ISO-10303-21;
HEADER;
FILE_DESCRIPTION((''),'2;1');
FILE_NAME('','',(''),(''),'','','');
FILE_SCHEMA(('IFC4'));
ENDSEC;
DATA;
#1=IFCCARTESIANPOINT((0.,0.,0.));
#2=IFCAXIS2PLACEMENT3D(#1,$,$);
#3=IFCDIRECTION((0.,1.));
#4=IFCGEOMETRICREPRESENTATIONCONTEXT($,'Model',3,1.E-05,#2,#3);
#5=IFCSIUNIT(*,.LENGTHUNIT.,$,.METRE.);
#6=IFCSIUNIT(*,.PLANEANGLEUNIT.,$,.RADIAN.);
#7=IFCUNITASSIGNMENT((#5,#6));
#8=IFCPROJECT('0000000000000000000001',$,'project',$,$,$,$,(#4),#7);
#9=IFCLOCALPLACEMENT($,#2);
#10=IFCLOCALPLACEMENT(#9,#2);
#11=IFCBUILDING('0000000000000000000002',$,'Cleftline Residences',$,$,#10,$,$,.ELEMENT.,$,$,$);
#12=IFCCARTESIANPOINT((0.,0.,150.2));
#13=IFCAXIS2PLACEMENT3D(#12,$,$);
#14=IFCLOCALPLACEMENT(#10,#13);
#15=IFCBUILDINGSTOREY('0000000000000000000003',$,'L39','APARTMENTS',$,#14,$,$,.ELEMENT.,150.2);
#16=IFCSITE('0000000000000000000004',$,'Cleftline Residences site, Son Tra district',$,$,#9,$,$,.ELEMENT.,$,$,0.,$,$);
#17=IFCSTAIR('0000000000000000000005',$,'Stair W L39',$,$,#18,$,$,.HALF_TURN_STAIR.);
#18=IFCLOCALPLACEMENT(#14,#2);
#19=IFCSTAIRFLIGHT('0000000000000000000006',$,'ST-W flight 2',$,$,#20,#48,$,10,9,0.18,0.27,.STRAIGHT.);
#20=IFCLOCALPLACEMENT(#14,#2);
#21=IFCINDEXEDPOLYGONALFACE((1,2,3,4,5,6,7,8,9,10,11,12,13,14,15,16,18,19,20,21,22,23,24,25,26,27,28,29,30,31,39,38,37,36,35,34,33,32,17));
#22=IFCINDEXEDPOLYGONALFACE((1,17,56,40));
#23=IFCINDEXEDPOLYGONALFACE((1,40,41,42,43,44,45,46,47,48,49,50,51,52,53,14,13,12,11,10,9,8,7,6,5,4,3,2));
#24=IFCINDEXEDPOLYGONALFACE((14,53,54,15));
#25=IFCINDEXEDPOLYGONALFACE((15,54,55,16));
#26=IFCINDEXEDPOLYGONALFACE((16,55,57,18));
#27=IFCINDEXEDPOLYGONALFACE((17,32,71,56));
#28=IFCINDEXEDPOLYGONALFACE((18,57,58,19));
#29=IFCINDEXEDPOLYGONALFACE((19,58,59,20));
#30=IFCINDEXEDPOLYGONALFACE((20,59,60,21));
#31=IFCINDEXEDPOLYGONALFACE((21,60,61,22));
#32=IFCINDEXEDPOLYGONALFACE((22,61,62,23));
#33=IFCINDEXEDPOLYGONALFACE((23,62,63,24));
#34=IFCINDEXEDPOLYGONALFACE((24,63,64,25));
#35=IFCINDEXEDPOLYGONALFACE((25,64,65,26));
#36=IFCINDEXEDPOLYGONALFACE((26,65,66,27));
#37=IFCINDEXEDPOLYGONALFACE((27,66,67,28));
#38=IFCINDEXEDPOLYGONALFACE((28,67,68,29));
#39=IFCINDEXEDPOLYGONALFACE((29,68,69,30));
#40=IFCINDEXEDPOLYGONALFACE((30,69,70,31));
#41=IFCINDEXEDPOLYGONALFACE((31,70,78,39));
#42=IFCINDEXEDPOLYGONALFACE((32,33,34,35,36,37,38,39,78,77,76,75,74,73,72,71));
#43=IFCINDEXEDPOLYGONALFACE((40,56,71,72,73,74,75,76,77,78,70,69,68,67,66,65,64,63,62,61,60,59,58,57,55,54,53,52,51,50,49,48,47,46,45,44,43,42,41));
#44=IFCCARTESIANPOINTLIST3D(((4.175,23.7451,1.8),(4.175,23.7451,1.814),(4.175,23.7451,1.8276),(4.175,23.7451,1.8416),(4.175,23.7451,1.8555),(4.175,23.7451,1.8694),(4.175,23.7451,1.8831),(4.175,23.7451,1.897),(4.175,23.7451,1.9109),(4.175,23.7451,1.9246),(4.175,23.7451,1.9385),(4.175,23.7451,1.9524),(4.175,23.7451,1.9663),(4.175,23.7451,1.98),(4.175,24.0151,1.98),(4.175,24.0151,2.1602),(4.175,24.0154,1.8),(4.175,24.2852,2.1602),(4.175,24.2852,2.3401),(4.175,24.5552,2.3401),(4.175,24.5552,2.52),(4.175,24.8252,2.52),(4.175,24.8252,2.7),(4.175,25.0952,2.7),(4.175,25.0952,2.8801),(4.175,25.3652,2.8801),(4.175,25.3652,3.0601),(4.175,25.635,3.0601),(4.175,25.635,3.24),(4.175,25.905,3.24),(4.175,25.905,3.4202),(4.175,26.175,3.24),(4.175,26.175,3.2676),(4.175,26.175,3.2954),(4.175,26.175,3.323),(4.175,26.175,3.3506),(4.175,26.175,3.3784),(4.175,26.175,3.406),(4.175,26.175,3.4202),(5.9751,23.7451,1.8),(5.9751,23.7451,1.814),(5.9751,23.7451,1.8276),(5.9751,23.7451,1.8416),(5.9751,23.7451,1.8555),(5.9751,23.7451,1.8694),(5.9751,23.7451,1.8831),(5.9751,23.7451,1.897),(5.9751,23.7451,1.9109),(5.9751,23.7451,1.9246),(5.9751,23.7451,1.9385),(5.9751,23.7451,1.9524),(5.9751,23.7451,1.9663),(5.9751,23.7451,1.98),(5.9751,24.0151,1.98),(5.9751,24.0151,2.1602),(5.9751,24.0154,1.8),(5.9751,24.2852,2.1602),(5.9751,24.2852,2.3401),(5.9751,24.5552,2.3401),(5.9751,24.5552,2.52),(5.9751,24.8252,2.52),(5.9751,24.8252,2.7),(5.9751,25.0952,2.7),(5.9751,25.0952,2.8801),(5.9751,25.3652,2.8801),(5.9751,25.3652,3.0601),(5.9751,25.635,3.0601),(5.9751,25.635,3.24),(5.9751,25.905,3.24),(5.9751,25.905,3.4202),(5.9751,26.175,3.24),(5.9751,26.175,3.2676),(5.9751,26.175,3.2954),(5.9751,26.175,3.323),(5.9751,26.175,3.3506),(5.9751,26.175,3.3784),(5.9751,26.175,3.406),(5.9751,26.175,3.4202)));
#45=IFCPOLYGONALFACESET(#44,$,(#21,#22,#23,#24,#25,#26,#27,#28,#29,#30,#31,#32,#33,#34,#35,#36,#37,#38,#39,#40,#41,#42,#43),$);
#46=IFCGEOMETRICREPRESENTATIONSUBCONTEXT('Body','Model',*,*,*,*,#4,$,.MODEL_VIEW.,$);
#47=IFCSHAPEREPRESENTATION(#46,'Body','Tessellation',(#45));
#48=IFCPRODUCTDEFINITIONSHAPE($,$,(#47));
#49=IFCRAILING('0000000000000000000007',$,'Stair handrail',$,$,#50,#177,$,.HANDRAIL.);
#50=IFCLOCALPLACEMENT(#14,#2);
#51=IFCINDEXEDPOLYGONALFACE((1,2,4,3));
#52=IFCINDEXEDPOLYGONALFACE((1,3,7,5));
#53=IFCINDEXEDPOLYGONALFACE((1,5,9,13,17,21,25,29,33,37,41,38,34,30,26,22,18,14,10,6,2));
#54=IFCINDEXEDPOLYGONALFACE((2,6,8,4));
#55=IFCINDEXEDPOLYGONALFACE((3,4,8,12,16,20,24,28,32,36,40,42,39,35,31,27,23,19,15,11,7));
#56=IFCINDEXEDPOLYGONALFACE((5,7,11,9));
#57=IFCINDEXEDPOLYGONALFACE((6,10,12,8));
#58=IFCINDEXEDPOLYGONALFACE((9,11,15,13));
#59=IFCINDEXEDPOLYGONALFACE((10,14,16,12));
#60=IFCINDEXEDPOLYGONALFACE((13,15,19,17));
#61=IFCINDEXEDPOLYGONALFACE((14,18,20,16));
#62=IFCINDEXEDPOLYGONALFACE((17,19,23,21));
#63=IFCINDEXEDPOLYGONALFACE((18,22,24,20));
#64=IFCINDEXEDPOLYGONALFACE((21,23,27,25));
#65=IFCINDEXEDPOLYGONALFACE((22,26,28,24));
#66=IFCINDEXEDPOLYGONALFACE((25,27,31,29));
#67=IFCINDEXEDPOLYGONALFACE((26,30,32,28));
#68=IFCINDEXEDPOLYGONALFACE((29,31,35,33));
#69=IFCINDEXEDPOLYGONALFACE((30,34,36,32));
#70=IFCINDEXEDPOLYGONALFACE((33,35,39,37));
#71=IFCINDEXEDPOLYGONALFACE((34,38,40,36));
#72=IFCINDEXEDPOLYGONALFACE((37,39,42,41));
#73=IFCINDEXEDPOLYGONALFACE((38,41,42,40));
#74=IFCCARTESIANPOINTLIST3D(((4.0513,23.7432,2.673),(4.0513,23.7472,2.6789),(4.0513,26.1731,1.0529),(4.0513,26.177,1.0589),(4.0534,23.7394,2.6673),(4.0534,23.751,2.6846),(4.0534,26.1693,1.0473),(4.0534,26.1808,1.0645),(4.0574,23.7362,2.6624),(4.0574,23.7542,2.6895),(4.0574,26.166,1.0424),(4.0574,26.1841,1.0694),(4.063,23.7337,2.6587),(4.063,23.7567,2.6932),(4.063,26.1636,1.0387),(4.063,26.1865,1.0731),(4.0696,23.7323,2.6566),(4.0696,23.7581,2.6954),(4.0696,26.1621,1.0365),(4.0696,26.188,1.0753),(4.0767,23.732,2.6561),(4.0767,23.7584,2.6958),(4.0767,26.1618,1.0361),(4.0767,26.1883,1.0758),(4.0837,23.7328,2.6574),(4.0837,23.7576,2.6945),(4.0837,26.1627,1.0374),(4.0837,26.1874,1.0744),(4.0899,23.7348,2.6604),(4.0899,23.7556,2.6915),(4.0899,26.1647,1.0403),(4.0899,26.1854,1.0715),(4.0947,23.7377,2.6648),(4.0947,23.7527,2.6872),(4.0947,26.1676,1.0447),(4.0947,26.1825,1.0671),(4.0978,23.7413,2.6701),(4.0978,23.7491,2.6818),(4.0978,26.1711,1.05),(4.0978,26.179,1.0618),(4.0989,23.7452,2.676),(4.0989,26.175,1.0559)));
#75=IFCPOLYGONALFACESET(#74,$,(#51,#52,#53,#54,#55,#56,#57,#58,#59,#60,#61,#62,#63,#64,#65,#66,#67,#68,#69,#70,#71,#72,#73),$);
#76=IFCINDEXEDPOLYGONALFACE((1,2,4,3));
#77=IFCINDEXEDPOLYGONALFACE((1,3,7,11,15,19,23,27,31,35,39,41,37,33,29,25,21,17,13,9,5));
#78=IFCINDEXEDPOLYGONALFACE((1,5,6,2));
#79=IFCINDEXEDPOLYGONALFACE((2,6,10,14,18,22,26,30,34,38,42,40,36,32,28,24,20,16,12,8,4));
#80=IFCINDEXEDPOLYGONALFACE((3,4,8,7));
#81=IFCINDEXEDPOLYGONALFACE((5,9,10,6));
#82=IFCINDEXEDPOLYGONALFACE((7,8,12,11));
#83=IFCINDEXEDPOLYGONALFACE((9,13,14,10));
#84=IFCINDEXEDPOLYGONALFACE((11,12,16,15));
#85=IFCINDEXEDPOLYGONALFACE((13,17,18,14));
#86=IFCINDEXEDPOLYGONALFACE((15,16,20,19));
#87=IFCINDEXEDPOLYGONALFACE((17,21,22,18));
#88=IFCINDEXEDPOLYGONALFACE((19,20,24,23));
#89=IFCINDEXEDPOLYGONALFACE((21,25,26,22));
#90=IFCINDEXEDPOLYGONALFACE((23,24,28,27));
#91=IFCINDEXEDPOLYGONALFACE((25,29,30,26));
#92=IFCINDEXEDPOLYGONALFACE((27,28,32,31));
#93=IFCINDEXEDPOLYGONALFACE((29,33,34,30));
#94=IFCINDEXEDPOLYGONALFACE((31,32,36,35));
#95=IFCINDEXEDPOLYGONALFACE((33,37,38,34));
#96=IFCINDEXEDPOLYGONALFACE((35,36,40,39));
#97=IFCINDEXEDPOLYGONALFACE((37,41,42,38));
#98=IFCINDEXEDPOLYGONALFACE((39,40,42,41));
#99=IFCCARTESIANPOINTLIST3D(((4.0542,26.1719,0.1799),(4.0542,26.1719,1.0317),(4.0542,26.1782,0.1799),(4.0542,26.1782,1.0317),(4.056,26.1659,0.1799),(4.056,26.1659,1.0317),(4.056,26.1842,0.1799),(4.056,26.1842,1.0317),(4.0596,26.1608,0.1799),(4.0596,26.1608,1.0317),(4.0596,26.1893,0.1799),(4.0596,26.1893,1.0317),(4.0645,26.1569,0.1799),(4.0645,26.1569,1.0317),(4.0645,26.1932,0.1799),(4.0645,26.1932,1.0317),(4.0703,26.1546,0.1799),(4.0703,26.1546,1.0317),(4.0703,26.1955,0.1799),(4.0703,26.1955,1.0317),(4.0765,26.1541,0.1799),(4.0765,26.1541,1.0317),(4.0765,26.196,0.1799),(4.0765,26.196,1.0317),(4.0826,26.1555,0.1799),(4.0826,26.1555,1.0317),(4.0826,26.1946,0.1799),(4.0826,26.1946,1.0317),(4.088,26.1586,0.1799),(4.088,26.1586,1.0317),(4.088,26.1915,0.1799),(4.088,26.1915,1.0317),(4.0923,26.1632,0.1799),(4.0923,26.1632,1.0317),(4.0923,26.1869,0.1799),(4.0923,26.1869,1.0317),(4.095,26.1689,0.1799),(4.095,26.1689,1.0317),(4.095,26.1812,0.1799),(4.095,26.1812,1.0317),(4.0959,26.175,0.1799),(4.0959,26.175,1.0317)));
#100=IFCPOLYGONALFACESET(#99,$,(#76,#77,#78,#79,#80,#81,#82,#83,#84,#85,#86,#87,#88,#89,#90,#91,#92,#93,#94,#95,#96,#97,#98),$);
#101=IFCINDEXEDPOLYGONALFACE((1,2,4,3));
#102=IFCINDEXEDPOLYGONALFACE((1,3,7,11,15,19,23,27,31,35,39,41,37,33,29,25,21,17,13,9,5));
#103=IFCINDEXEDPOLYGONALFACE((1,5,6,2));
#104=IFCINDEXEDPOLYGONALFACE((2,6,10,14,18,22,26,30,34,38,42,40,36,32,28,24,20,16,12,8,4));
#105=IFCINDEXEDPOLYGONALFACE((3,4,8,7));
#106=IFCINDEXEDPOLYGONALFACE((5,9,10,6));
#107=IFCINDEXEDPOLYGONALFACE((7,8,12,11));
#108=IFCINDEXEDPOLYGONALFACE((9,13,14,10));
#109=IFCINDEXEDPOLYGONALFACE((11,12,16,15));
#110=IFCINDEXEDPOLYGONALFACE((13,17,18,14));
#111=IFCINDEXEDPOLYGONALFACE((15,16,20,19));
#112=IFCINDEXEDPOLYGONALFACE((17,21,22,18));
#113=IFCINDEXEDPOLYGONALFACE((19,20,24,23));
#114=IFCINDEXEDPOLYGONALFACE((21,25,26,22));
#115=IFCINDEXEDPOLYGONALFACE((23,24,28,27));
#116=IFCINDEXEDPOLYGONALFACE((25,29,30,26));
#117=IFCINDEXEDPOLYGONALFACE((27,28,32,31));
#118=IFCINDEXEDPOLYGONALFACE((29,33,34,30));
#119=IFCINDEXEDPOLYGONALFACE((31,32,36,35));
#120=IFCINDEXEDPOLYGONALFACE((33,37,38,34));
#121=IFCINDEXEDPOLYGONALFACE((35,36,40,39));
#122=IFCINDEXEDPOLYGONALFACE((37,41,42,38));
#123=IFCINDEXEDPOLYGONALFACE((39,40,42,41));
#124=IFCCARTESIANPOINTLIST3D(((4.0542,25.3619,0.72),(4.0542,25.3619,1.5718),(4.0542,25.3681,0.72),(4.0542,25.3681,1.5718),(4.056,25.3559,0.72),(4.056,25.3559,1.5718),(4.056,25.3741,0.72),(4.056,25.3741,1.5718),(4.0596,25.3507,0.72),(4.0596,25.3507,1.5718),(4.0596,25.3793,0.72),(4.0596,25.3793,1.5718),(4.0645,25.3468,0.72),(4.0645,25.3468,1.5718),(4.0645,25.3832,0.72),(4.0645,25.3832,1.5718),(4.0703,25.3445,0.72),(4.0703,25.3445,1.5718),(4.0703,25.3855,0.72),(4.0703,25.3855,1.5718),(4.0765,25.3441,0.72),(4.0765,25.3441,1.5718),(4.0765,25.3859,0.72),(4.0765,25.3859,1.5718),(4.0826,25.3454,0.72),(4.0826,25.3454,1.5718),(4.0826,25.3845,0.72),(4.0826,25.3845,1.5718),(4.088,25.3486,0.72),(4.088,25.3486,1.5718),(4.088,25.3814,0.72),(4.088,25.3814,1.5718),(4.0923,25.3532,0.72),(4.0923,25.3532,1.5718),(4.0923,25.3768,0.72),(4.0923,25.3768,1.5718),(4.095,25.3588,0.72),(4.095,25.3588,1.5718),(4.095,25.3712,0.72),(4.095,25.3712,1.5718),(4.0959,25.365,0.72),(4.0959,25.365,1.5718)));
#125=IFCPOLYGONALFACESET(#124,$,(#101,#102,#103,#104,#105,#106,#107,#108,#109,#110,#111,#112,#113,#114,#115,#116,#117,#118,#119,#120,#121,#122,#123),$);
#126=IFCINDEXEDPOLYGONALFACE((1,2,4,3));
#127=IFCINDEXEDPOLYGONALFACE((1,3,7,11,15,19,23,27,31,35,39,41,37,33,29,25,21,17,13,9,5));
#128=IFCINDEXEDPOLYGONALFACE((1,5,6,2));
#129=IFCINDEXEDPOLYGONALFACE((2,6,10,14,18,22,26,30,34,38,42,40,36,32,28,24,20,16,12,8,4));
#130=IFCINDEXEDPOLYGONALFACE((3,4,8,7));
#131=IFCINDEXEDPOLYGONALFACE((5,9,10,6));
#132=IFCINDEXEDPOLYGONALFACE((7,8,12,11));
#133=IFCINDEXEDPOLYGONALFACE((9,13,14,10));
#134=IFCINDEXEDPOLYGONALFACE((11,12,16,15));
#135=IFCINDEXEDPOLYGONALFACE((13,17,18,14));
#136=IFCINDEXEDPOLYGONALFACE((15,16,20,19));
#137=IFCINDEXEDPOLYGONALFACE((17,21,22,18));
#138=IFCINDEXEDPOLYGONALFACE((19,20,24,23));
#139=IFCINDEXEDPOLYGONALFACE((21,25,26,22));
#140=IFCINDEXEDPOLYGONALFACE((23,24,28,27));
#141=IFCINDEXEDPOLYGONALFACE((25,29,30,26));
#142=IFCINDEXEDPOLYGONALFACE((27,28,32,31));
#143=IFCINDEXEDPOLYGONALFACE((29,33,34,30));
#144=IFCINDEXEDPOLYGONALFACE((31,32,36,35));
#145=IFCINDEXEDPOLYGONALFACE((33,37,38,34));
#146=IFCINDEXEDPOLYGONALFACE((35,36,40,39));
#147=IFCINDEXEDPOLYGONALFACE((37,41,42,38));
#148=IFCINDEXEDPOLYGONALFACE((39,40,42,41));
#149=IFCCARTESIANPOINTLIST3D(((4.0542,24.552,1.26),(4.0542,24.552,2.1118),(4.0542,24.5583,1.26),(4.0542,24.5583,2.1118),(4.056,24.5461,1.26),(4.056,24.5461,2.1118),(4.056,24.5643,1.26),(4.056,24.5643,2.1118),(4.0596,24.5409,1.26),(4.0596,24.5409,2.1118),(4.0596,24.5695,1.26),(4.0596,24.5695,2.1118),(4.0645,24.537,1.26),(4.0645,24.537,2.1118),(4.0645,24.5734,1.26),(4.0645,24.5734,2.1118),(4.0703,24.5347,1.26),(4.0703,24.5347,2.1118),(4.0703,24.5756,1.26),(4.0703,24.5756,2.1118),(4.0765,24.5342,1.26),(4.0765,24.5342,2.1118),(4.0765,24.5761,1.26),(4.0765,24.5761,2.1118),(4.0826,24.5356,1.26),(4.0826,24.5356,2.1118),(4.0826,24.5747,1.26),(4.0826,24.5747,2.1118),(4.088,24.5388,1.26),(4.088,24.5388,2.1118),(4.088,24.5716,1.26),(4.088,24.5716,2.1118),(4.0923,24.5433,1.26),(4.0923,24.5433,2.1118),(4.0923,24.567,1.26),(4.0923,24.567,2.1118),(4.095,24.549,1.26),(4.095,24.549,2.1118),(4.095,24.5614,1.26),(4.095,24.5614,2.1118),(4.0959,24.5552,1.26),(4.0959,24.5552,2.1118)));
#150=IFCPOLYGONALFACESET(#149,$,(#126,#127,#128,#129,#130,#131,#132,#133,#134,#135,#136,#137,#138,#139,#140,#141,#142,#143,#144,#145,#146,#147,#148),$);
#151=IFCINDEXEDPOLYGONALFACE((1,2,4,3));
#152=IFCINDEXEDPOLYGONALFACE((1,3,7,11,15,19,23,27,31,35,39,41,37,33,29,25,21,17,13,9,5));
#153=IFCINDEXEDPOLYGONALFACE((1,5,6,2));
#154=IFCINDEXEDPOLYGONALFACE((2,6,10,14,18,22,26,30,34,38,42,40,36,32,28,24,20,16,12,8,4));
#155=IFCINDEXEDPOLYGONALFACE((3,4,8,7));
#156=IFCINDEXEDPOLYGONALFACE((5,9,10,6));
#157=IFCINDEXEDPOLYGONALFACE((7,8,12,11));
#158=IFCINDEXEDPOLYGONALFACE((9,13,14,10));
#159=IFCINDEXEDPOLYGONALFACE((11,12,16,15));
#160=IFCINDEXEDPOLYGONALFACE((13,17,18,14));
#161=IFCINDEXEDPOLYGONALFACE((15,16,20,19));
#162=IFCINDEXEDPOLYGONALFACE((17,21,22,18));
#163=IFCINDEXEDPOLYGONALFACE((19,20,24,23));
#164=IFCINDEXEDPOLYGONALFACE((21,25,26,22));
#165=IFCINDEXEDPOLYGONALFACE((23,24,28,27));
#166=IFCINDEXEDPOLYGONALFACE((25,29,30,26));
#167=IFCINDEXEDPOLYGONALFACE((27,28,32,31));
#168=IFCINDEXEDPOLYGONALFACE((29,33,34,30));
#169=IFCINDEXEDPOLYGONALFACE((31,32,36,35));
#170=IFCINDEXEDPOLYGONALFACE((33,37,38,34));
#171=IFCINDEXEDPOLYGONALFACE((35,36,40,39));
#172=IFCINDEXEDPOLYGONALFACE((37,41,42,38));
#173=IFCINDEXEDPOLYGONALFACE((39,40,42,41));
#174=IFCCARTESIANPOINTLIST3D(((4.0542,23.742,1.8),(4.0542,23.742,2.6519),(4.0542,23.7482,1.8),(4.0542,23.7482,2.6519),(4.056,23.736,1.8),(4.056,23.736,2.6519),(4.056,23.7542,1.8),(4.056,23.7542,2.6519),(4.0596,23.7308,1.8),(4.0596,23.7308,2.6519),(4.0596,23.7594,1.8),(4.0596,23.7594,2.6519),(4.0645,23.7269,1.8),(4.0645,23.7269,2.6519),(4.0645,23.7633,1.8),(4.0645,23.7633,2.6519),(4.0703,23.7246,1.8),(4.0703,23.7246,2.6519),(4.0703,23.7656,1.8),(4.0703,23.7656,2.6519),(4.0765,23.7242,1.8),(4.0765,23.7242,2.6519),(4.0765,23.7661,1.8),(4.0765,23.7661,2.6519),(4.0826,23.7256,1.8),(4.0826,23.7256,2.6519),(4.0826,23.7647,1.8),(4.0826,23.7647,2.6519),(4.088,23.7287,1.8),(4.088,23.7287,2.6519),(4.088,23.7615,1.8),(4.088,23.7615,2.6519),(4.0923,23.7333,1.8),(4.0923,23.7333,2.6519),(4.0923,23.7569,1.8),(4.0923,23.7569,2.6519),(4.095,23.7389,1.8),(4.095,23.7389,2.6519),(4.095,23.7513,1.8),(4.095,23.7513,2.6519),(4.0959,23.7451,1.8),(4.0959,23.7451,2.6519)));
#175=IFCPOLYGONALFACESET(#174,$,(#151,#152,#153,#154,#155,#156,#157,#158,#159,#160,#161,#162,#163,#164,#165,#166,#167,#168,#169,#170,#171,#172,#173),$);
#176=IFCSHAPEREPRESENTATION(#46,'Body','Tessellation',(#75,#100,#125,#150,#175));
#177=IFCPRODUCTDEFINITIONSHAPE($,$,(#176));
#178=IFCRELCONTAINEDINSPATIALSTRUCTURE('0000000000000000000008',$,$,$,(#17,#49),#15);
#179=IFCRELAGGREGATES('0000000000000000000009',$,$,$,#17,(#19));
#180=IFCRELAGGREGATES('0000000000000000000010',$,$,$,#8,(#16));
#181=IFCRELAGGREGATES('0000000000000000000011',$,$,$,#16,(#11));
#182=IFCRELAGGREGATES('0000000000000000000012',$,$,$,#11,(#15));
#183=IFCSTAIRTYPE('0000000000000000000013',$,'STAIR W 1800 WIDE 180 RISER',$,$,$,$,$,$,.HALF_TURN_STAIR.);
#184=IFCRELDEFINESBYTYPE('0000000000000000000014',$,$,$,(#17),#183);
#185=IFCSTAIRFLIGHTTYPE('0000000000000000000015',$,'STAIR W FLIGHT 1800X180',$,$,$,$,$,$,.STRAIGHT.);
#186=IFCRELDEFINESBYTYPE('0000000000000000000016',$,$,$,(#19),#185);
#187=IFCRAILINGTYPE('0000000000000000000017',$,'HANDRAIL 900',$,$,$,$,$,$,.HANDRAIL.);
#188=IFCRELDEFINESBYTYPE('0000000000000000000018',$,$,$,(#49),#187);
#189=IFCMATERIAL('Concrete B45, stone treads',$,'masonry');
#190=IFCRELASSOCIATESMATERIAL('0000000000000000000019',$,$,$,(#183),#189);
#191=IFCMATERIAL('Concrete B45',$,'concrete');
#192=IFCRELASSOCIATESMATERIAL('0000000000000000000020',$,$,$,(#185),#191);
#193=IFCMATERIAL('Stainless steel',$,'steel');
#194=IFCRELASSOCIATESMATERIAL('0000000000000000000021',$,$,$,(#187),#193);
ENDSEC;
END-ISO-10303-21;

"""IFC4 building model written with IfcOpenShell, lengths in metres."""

from ifc_helpers import new_model, si_unit, direction, frame, origin, origin_2d, place, context, subcontext, project, spatial, polyline, circle, outline, extrude, material, type_object, element, aggregate, save


model = new_model("IFC4")

# Units and contexts
model_context = context("Model", 3, precision=1e-05, world=origin(), true_north=direction((0.0, 1.0)))
body_context = subcontext(model_context, "Body", "Model", "MODEL_VIEW")
ifc_project = project(units=[si_unit("LENGTHUNIT", "METRE"), si_unit("PLANEANGLEUNIT", "RADIAN")], contexts=[model_context])

# Site, building, storey
site_placement = place(None, origin())
site = spatial("IfcSite", under=ifc_project, at=site_placement, Name="Cleftline Residences site, Son Tra district", CompositionType="ELEMENT", RefElevation=0.0)
building_placement = place(site_placement, origin())
building = spatial("IfcBuilding", under=site, at=building_placement, Name="Cleftline Residences", CompositionType="ELEMENT")
storey_placement = place(building_placement, frame((0.0, 0.0, 150.2)))
storey = spatial("IfcBuildingStorey", under=building, at=storey_placement, Name="L39", Description="APARTMENTS", CompositionType="ELEMENT", Elevation=150.2)

# Stair, stair flight
ifc_material_1 = material(Name="Concrete B45, stone treads", Category="masonry")
stair_type = type_object("IfcStairType", Name="STAIR W 1800 WIDE 180 RISER", PredefinedType="HALF_TURN_STAIR", material=ifc_material_1)
stair_placement = place(storey_placement, origin())
stair = element("IfcStair", 1, at=stair_placement, inside=storey, type_object=stair_type, Name="Stair W L39", PredefinedType="HALF_TURN_STAIR")
ifc_material_2 = material(Name="Concrete B45", Category="concrete")
stair_flight_type = type_object("IfcStairFlightType", Name="STAIR W FLIGHT 1800X180", PredefinedType="STRAIGHT", material=ifc_material_2)
stair_flight_1_placement = place(storey_placement, frame((5.075, 23.7451, 1.8), z_axis=(0.0, 0.0, 1.0), x_axis=(0.0, 1.0, 0.0)))
stair_flight_1 = element("IfcStairFlight", 2, at=stair_flight_1_placement, type_object=stair_flight_type, Name="ST-W flight 2", NumberOfRisers=10, NumberOfTreads=9, PredefinedType="STRAIGHT", RiserHeight=0.18, TreadLength=0.27, context=body_context, shape_type="SweptSolid", body=[
    extrude(outline(polyline([(0.0, 0.0), (0.0, 0.0139), (0.0, 0.0276), (0.0, 0.0415), (0.0, 0.0554), (0.0, 0.0693), (0.0, 0.083), (0.0, 0.0969), (0.0, 0.1108), (0.0, 0.1245), (0.0, 0.1384), (0.0, 0.1523), (0.0, 0.1663), (0.0, 0.1799), (0.27, 0.1799), (0.27, 0.3601), (0.54, 0.3601), (0.54, 0.54), (0.8101, 0.54), (0.8101, 0.72), (1.0801, 0.72), (1.0801, 0.8999), (1.3501, 0.8999), (1.3501, 1.0801), (1.6201, 1.0801), (1.6201, 1.26), (1.8899, 1.26), (1.8899, 1.4399), (2.1599, 1.4399), (2.1599, 1.6201), (2.4299, 1.6201), (2.4299, 1.8), (2.4299, 1.7722), (2.4299, 1.7446), (2.4299, 1.7168), (2.4299, 1.6892), (2.4299, 1.6614), (2.4299, 1.6338), (2.4299, 1.606), (2.4299, 1.5784), (2.4299, 1.5505), (2.4299, 1.5229), (2.4299, 1.4954), (2.4299, 1.4675), (2.4299, 1.4399), (0.2703, 0.0), (0.0, 0.0)])), frame((0.0, 0.8999, 0.0), z_axis=(0.0, -1.0, 0.0), x_axis=(1.0, 0.0, 0.0)), (0.0, 0.0, 1.0), 1.8),
])
aggregate(stair, [stair_flight_1])

# Railing
ifc_material_3 = material(Name="Stainless steel", Category="steel")
railing_type = type_object("IfcRailingType", Name="HANDRAIL 900", PredefinedType="HANDRAIL", material=ifc_material_3)
railing_1_placement = place(storey_placement, frame((4.075, 26.175, 0.1799)))
element("IfcRailing", 3, at=railing_1_placement, inside=storey, type_object=railing_type, Name="Stair handrail", PredefinedType="HANDRAIL", context=body_context, shape_type="SweptSolid", body=[
    extrude(circle(Radius=0.0239, at=origin_2d()), frame((0.0, 0.0, 0.876), z_axis=(0.0, -0.832025, 0.554739), x_axis=(1.0, 0.0, 0.0)), (0.0, 0.0, 1.0), 2.9204),
    extrude(circle(Radius=0.021, at=origin_2d()), origin(), (0.0, 0.0, 1.0), 0.8518),
    extrude(circle(Radius=0.021, at=origin_2d()), frame((0.0, -0.8101, 0.54)), (0.0, 0.0, 1.0), 0.8518),
    extrude(circle(Radius=0.021, at=origin_2d()), frame((0.0, -1.6199, 1.0801)), (0.0, 0.0, 1.0), 0.8518),
    extrude(circle(Radius=0.021, at=origin_2d()), frame((0.0, -2.4299, 1.6201)), (0.0, 0.0, 1.0), 0.8518),
])

save(model, "model.ifc")
